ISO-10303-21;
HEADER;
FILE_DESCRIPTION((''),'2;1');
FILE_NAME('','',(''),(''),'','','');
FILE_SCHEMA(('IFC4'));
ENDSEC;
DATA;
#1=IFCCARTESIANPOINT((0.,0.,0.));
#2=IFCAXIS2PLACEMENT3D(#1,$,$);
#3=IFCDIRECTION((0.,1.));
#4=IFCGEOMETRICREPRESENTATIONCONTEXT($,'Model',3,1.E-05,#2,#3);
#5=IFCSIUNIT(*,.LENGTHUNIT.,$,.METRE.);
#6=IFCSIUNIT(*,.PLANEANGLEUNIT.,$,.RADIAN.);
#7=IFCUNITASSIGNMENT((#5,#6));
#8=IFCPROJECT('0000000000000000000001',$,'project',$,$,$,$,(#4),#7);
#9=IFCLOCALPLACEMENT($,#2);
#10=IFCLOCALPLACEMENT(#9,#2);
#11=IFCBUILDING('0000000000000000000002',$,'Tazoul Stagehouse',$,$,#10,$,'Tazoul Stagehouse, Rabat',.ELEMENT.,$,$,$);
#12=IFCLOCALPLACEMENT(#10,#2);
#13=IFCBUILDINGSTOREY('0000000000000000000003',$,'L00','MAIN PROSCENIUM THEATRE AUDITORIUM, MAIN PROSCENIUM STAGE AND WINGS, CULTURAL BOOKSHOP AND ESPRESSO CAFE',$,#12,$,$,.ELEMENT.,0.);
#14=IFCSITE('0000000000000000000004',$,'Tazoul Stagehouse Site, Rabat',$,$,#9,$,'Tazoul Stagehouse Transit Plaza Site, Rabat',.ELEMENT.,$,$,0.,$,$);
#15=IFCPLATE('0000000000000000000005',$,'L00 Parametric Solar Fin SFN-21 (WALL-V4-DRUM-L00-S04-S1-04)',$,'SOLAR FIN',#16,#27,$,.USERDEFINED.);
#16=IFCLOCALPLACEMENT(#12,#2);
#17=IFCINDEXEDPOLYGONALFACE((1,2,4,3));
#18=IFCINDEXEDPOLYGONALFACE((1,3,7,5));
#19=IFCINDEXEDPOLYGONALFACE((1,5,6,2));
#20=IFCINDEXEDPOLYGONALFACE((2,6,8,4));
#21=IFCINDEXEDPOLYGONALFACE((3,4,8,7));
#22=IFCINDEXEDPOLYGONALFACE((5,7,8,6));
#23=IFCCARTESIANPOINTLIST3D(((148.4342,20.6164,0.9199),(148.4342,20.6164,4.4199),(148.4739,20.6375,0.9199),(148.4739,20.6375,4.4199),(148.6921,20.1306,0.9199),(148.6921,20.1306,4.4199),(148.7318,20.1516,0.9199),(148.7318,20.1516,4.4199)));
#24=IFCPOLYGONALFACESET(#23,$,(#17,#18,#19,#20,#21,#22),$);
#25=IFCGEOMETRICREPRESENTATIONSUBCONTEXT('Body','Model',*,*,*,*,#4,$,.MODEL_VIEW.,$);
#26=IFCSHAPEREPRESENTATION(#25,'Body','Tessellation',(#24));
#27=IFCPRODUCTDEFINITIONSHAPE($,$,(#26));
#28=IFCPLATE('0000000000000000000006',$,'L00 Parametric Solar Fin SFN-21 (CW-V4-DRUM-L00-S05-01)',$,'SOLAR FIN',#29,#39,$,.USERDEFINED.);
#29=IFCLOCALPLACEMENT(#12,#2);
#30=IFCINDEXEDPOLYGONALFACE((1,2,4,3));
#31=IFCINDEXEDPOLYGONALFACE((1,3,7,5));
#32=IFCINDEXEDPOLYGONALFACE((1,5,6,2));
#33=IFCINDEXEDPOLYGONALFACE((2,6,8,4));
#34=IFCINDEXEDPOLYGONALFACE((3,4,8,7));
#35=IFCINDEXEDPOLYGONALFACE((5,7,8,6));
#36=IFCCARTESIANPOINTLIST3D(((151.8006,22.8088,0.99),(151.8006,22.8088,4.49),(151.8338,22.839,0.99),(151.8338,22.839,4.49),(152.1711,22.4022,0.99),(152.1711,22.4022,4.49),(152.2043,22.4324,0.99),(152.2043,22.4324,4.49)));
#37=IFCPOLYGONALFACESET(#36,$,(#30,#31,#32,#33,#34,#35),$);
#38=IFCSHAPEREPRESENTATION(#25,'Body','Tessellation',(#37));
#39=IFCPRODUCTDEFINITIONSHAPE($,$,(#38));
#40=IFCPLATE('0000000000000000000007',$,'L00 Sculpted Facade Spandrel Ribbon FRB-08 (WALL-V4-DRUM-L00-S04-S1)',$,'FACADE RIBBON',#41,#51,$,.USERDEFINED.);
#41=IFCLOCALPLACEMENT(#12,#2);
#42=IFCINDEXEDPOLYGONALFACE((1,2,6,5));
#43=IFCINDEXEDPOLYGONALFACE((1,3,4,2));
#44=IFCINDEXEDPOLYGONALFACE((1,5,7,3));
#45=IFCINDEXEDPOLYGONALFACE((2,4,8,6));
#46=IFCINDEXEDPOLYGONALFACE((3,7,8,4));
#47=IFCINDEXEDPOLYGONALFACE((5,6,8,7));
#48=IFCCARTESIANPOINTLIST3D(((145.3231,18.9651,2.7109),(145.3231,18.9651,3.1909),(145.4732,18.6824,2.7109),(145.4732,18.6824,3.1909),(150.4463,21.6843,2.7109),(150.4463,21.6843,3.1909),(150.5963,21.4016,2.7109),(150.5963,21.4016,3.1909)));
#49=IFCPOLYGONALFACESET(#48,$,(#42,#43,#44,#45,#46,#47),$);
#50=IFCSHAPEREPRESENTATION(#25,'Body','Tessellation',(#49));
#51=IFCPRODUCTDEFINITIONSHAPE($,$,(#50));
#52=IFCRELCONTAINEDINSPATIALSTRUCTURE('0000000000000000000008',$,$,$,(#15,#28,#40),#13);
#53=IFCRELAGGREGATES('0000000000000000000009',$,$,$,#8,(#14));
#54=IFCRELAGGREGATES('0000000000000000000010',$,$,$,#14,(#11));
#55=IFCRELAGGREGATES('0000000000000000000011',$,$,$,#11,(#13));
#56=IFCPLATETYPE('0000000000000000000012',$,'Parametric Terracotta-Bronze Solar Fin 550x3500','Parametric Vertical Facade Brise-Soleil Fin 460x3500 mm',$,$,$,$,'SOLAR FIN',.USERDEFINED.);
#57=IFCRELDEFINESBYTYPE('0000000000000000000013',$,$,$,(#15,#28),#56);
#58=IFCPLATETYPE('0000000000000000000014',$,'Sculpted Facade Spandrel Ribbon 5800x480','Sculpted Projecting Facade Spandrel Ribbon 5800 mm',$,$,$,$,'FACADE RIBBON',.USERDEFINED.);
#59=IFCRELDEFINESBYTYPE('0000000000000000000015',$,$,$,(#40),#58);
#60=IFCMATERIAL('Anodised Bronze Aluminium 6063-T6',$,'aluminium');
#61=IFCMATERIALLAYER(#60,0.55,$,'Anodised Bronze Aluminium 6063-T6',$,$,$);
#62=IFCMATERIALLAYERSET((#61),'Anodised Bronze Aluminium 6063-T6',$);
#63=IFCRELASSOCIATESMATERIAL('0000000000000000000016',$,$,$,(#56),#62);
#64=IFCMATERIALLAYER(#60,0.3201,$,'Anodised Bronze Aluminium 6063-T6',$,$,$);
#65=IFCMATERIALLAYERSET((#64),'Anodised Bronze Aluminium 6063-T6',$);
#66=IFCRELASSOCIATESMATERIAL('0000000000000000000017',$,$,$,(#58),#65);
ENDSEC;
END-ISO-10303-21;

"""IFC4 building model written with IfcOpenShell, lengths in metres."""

from ifc_helpers import new_model, si_unit, direction, frame, origin, origin_2d, place, context, subcontext, project, spatial, rectangle, extrude, material, layer, layer_set, type_object, element, save


model = new_model("IFC4")

# Units and contexts
model_context = context("Model", 3, precision=1e-05, world=origin(), true_north=direction((0.0, 1.0)))
body_context = subcontext(model_context, "Body", "Model", "MODEL_VIEW")
ifc_project = project(units=[si_unit("LENGTHUNIT", "METRE"), si_unit("PLANEANGLEUNIT", "RADIAN")], contexts=[model_context])

# Shared definitions
ifc_material_1 = material(Name="Anodised Bronze Aluminium 6063-T6", Category="aluminium")
site_placement = place(None, origin())
building_placement = place(site_placement, origin())
storey_placement = place(building_placement, origin())

# Site, building, storey
site = spatial("IfcSite", under=ifc_project, at=site_placement, Name="Tazoul Stagehouse Site, Rabat", LongName="Tazoul Stagehouse Transit Plaza Site, Rabat", CompositionType="ELEMENT", RefElevation=0.0)
building = spatial("IfcBuilding", under=site, at=building_placement, Name="Tazoul Stagehouse", LongName="Tazoul Stagehouse, Rabat", CompositionType="ELEMENT")
storey = spatial("IfcBuildingStorey", under=building, at=storey_placement, Name="L00", Description="MAIN PROSCENIUM THEATRE AUDITORIUM, MAIN PROSCENIUM STAGE AND WINGS, CULTURAL BOOKSHOP AND ESPRESSO CAFE", CompositionType="ELEMENT", Elevation=0.0)

# Plates
ifc_layer_1 = layer(ifc_material_1, 0.55, Name="Anodised Bronze Aluminium 6063-T6")
ifc_layer_set_1 = layer_set([ifc_layer_1], Name="Anodised Bronze Aluminium 6063-T6")
plate_type_1 = type_object("IfcPlateType", Name="Parametric Terracotta-Bronze Solar Fin 550x3500", Description="Parametric Vertical Facade Brise-Soleil Fin 460x3500 mm", ElementType="SOLAR FIN", PredefinedType="USERDEFINED", material=ifc_layer_set_1)
for number, where, z_axis, x_axis, name in (
    (1, (148.583, 20.384, 0.9199), (0.0, 0.0, 1.0), (0.883296, 0.468816, 0.0), "L00 Parametric Solar Fin SFN-21 (WALL-V4-DRUM-L00-S04-S1-04)"),
    (2, (152.0024, 22.6206, 0.99), (0.0, 0.0, 1.0), (0.73915, 0.67354, 0.0), "L00 Parametric Solar Fin SFN-21 (CW-V4-DRUM-L00-S05-01)"),
):
    element("IfcPlate", number, at=place(storey_placement, frame(where, z_axis=z_axis, x_axis=x_axis)), inside=storey, type_object=plate_type_1, Name=name, ObjectType="SOLAR FIN", PredefinedType="USERDEFINED", context=body_context, shape_type="SweptSolid", body=[
        extrude(rectangle(XDim=0.0449, YDim=0.55, at=origin_2d()), origin(), (0.0, 0.0, 1.0), 3.5),
    ])
ifc_layer_2 = layer(ifc_material_1, 0.3201, Name="Anodised Bronze Aluminium 6063-T6")
ifc_layer_set_2 = layer_set([ifc_layer_2], Name="Anodised Bronze Aluminium 6063-T6")
plate_type_2 = type_object("IfcPlateType", Name="Sculpted Facade Spandrel Ribbon 5800x480", Description="Sculpted Projecting Facade Spandrel Ribbon 5800 mm", ElementType="FACADE RIBBON", PredefinedType="USERDEFINED", material=ifc_layer_set_2)
plate_1_placement = place(storey_placement, frame((147.9597, 20.1833, 2.7109), z_axis=(0.0, 0.0, 1.0), x_axis=(0.883296, 0.468816, 0.0)))
element("IfcPlate", 3, at=plate_1_placement, inside=storey, type_object=plate_type_2, Name="L00 Sculpted Facade Spandrel Ribbon FRB-08 (WALL-V4-DRUM-L00-S04-S1)", ObjectType="FACADE RIBBON", PredefinedType="USERDEFINED", context=body_context, shape_type="SweptSolid", body=[
    extrude(rectangle(XDim=5.8, YDim=0.3201, at=origin_2d()), origin(), (0.0, 0.0, 1.0), 0.48),
])

save(model, "model.ifc")
